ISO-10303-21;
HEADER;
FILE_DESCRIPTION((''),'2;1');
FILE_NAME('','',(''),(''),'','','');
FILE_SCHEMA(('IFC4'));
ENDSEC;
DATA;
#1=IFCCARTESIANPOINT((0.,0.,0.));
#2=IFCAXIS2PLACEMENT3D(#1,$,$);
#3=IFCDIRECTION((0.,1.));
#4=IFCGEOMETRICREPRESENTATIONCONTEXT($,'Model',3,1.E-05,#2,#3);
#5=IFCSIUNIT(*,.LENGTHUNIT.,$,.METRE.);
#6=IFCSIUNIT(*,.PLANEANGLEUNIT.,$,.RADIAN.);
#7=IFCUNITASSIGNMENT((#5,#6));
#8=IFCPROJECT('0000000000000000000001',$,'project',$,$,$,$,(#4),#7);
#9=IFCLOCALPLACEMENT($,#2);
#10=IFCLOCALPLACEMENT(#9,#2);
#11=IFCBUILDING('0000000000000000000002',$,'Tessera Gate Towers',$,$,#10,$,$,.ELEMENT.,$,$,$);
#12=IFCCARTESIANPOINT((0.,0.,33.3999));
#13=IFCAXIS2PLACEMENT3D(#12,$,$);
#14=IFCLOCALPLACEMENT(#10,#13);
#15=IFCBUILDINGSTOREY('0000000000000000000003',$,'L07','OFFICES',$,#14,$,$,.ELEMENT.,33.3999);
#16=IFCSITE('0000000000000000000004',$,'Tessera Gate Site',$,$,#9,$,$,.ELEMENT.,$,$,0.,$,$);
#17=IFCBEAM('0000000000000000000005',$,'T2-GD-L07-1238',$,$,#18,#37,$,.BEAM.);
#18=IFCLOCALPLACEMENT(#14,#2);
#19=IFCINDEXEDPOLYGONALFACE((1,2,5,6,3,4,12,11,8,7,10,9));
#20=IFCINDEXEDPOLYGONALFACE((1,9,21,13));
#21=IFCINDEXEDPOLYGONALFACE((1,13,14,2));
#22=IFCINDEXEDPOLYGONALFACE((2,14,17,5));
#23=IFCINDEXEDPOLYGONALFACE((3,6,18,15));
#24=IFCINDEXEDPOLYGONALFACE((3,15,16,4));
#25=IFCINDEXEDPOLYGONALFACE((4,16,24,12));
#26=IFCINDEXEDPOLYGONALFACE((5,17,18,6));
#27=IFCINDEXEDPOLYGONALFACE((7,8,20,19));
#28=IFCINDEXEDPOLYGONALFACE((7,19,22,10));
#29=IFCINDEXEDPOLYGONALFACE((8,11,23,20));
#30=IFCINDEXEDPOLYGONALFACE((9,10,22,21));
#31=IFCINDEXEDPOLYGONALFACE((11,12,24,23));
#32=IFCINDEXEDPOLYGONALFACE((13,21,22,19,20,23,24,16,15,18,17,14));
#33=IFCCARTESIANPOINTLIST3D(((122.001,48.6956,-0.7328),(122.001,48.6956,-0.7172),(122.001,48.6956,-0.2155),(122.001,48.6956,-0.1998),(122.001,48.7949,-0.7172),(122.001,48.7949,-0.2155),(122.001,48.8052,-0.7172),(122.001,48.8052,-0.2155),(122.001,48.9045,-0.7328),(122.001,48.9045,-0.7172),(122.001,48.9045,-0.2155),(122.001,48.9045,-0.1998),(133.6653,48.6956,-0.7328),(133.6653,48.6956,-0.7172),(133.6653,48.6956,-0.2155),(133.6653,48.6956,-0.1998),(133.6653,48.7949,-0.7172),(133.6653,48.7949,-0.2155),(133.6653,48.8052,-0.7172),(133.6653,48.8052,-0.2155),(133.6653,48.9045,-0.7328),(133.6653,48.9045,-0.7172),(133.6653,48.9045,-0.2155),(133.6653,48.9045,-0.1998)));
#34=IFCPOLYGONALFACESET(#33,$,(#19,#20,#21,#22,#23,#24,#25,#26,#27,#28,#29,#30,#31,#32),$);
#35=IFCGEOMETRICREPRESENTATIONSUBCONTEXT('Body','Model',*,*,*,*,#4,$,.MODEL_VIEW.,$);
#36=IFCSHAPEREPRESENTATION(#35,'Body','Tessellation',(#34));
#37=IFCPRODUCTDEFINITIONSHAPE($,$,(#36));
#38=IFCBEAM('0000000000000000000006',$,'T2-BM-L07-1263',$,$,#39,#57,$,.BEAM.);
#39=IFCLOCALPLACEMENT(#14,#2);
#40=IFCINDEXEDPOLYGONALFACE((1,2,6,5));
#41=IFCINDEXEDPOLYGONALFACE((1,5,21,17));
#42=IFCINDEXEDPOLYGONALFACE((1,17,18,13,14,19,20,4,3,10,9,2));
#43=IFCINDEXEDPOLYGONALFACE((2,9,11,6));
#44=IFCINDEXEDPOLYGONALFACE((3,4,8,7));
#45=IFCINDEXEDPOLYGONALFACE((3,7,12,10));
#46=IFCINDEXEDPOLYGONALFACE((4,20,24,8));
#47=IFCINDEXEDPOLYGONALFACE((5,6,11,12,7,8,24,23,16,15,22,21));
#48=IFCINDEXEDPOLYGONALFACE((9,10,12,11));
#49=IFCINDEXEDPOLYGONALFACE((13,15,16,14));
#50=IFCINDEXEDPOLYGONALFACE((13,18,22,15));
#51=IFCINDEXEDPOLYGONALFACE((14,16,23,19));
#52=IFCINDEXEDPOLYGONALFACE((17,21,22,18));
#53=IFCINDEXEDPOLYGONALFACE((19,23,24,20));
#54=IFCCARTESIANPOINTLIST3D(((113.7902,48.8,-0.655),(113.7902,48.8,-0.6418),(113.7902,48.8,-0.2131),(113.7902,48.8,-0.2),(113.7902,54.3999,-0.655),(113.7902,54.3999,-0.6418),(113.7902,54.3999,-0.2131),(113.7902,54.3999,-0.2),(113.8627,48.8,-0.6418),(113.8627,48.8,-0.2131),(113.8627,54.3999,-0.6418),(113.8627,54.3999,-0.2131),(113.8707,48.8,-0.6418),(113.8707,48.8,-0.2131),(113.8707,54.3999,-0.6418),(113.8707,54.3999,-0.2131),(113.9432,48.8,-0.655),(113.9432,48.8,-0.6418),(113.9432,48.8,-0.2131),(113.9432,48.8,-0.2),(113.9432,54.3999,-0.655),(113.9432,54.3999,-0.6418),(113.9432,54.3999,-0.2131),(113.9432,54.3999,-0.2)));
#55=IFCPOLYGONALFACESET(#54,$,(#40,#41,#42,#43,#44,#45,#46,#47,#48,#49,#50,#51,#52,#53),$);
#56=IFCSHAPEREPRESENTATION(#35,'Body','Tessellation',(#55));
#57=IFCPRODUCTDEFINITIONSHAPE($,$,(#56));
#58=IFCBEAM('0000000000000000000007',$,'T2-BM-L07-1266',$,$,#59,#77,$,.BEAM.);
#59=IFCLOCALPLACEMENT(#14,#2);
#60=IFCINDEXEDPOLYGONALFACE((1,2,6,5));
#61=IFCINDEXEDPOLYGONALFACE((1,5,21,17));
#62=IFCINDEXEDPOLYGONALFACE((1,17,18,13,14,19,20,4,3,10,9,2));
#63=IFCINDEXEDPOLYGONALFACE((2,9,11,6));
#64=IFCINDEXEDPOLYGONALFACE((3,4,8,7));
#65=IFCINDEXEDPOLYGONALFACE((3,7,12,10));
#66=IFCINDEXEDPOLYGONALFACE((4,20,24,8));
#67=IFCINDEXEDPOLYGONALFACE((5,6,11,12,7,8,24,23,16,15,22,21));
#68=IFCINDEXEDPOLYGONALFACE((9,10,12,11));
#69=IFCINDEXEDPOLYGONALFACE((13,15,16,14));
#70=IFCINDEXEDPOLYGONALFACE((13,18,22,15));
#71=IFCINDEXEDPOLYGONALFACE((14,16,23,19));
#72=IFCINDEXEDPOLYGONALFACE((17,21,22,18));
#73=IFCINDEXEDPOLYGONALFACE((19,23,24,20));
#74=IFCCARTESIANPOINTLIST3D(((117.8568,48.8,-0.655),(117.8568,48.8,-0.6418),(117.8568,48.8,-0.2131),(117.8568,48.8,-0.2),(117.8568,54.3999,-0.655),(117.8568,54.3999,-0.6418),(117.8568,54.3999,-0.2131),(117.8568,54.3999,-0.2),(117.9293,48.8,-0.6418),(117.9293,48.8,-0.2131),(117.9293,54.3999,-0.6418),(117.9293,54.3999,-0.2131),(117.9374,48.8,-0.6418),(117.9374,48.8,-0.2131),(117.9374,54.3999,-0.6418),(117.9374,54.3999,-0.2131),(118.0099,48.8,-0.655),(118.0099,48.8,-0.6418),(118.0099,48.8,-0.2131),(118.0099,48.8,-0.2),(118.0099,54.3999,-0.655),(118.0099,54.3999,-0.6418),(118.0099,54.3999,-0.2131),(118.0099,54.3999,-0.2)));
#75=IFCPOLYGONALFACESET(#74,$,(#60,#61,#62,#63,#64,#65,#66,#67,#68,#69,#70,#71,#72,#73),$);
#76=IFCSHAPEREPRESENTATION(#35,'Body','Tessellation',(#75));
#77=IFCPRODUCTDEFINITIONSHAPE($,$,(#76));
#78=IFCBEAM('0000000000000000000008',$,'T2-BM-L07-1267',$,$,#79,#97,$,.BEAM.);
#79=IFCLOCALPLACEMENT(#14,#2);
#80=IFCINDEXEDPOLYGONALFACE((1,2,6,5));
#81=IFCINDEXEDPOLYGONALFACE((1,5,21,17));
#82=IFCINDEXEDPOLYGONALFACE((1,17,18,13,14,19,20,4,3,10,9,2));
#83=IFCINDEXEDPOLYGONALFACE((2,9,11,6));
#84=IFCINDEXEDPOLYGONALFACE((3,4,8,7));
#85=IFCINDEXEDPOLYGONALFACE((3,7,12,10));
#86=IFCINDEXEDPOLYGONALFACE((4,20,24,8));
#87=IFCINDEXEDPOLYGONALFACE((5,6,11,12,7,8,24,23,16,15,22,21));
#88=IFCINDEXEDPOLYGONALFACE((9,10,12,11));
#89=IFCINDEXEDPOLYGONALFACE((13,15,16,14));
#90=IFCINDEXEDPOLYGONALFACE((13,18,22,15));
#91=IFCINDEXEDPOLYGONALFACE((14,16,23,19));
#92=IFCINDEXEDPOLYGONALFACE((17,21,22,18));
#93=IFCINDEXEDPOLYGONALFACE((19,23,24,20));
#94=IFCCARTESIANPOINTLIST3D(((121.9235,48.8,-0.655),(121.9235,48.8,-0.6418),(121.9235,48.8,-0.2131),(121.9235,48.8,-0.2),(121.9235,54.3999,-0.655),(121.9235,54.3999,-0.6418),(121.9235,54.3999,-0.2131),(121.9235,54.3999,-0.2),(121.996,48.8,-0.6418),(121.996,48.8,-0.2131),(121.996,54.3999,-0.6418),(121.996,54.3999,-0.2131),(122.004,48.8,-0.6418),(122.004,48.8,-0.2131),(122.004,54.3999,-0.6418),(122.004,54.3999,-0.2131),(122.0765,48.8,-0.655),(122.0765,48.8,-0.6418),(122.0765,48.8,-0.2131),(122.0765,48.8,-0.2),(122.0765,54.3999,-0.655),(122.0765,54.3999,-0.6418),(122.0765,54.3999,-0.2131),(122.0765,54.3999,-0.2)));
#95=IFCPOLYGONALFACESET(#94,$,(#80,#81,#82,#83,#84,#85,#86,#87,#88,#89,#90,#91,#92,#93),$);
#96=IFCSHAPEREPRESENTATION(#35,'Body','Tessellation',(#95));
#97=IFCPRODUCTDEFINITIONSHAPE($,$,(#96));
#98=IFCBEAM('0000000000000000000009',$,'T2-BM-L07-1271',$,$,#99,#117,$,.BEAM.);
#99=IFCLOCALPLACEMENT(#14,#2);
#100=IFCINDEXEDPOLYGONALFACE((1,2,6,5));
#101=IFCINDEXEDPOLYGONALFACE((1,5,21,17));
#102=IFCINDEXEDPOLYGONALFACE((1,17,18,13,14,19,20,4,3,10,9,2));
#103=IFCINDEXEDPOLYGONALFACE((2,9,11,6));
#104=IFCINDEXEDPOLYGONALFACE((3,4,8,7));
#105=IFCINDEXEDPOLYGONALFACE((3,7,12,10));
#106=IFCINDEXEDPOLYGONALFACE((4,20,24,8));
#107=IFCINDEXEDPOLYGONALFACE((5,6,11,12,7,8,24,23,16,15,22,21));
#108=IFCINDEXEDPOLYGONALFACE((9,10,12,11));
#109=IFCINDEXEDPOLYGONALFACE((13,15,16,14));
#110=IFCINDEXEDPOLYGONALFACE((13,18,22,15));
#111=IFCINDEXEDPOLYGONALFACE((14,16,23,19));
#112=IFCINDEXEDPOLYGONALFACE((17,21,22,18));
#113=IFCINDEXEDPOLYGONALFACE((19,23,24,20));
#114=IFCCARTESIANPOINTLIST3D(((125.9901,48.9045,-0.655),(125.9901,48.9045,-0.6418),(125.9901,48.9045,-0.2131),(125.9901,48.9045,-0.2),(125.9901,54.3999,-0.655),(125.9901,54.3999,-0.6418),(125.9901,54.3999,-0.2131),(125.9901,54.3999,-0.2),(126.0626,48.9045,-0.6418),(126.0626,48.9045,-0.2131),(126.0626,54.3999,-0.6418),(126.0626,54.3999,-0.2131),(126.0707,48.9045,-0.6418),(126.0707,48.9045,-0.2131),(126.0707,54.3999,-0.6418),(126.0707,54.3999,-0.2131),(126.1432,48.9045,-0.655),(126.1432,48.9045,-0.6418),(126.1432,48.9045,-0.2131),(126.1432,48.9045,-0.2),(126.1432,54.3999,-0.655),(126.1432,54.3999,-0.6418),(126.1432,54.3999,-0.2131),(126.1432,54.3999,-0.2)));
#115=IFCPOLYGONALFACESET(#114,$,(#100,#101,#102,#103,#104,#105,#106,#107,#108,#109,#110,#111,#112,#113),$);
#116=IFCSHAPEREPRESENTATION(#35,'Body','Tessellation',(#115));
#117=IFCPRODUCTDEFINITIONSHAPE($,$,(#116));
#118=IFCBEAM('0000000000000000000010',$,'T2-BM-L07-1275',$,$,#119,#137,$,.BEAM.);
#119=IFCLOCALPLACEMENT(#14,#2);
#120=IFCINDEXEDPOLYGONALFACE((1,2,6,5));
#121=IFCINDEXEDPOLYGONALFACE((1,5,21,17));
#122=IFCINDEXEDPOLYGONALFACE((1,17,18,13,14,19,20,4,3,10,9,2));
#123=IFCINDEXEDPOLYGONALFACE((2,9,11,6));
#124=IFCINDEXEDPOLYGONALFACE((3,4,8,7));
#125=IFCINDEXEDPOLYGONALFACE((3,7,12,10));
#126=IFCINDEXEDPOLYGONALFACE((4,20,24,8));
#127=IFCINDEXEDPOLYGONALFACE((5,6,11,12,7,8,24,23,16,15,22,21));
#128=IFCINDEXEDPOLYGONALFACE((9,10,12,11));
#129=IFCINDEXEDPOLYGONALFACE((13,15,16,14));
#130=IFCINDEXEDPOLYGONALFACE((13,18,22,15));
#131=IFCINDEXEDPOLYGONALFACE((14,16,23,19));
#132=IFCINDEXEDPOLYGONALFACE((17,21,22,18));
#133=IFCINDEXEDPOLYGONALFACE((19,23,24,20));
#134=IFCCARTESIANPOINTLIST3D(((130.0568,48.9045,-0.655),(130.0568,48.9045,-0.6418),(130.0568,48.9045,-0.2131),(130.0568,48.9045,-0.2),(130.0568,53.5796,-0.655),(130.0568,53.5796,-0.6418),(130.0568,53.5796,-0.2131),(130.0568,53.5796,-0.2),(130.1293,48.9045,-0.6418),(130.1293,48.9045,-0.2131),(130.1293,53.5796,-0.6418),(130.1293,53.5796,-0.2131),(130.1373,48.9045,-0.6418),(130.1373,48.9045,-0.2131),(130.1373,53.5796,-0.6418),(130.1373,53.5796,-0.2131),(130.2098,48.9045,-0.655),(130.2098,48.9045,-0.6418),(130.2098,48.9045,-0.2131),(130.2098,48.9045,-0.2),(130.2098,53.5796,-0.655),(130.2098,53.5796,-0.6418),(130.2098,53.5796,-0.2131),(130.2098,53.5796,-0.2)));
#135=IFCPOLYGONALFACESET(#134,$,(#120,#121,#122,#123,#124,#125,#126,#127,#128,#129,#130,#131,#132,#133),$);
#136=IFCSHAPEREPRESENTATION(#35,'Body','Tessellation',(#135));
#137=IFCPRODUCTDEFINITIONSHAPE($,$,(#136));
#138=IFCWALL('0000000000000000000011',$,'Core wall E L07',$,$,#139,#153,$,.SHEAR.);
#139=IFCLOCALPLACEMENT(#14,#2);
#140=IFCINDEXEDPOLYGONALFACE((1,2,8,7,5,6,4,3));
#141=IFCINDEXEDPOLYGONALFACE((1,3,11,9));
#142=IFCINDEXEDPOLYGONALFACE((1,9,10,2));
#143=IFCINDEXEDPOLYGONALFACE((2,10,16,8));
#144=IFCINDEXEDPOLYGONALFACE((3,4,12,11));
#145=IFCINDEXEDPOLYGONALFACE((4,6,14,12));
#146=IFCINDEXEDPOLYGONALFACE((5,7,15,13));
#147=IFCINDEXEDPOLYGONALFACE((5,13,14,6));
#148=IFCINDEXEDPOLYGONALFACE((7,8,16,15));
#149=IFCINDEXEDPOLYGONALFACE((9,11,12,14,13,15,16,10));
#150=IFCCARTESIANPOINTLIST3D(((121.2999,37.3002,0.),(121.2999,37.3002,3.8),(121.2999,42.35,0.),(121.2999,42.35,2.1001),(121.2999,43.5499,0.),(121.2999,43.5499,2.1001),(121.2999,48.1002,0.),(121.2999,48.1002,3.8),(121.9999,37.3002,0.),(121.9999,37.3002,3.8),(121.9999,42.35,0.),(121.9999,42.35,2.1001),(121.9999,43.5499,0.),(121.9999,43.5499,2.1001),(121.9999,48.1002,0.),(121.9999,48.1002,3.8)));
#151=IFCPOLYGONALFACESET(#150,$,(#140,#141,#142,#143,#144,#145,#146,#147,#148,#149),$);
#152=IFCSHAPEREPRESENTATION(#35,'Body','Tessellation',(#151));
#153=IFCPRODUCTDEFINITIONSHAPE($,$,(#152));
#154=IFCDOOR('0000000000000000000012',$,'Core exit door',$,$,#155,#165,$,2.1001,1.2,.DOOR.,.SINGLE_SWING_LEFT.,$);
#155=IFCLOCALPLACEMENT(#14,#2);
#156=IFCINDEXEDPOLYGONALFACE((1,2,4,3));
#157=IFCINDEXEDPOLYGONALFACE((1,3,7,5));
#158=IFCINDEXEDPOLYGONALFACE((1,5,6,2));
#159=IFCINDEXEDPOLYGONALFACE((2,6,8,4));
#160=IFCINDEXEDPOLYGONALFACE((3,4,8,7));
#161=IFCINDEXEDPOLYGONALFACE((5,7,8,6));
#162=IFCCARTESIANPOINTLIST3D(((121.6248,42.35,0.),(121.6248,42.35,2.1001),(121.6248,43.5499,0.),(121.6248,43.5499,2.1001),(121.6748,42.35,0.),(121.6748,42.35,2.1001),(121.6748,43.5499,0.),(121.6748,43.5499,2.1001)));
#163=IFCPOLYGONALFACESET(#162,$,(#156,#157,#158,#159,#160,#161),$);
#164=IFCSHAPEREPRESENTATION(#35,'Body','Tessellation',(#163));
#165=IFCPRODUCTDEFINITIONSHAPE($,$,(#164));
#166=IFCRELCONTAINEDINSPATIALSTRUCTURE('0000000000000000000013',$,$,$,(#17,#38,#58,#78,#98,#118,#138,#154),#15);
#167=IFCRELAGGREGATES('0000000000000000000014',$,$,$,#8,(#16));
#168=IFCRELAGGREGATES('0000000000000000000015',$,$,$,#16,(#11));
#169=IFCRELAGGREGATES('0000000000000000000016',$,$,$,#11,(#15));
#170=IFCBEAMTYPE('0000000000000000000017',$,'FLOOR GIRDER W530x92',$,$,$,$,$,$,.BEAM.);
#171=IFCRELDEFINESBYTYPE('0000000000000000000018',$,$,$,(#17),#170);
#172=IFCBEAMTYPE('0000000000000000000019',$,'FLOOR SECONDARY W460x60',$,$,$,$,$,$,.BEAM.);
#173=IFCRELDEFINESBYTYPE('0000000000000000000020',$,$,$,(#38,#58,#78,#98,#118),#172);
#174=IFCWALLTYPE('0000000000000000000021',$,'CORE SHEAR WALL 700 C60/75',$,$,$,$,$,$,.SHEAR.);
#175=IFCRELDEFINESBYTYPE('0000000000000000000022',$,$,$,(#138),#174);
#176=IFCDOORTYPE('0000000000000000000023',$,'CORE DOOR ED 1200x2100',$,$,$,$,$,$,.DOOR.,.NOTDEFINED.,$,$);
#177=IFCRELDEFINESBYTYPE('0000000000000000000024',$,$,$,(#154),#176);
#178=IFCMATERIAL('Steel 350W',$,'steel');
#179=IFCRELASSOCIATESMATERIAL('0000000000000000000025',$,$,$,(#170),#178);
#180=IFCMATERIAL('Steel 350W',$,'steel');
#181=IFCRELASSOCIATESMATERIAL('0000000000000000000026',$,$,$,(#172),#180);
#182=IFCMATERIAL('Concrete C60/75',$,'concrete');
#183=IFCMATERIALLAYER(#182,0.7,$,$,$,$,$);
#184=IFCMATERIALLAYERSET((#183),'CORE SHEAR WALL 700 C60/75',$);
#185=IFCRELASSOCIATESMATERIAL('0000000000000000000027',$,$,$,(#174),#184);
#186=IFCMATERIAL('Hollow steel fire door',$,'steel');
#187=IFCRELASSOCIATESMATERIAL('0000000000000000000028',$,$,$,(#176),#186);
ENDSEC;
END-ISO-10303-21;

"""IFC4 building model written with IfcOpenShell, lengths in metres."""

from ifc_helpers import new_model, si_unit, direction, frame, frame_2d, origin, origin_2d, place, context, subcontext, project, spatial, rectangle, i_section, extrude, source, transform, mapped, material, layer, layer_set, material_profile, profile_set, type_object, element, fill, save


model = new_model("IFC4")

# Units and contexts
model_context = context("Model", 3, precision=1e-05, world=origin(), true_north=direction((0.0, 1.0)))
body_context = subcontext(model_context, "Body", "Model", "MODEL_VIEW")
ifc_project = project(units=[si_unit("LENGTHUNIT", "METRE"), si_unit("PLANEANGLEUNIT", "RADIAN")], contexts=[model_context])

# Site, building, storey
site_placement = place(None, origin())
site = spatial("IfcSite", under=ifc_project, at=site_placement, Name="Tessera Gate Site", CompositionType="ELEMENT", RefElevation=0.0)
building_placement = place(site_placement, origin())
building = spatial("IfcBuilding", under=site, at=building_placement, Name="Tessera Gate Towers", CompositionType="ELEMENT")
storey_placement = place(building_placement, frame((0.0, 0.0, 33.3999)))
storey = spatial("IfcBuildingStorey", under=building, at=storey_placement, Name="L07", Description="OFFICES", CompositionType="ELEMENT", Elevation=33.3999)

# Beams
ifc_material_1 = material(Name="Steel 350W", Category="steel")
ifc_material_profile_1 = material_profile(ifc_material_1, i_section(OverallWidth=0.209, OverallDepth=0.533, WebThickness=0.0103, FlangeThickness=0.0156, at=origin_2d()), Name="W530x92")
ifc_profile_set_1 = profile_set([ifc_material_profile_1], Name="Steel 350W")
beam_type_1 = type_object("IfcBeamType", Name="FLOOR GIRDER W530x92", PredefinedType="BEAM", material=ifc_profile_set_1)
beam_1_placement = place(storey_placement, frame((122.001, 48.8, -0.4663), z_axis=(1.0, 0.0, 0.0), x_axis=(0.0, 1.0, 0.0)))
element("IfcBeam", 1, at=beam_1_placement, inside=storey, type_object=beam_type_1, Name="T2-GD-L07-1238", PredefinedType="BEAM", context=body_context, shape_type="SweptSolid", body=[
    extrude(i_section(OverallWidth=0.209, OverallDepth=0.533, WebThickness=0.0103, FlangeThickness=0.0156, at=origin_2d()), origin(), (0.0, 0.0, 1.0), 11.6643),
])
ifc_material_2 = material(Name="Steel 350W", Category="steel")
ifc_material_profile_2 = material_profile(ifc_material_2, i_section(OverallWidth=0.1531, OverallDepth=0.4551, WebThickness=0.0081, FlangeThickness=0.0132, at=origin_2d()), Name="W460x60")
ifc_profile_set_2 = profile_set([ifc_material_profile_2], Name="Steel 350W")
beam_type_2 = type_object("IfcBeamType", Name="FLOOR SECONDARY W460x60", PredefinedType="BEAM", material=ifc_profile_set_2)
for number, where, z_axis, x_axis, name in (
    (2, (113.8667, 48.8, -0.4275), (0.0, 1.0, 0.0), (-1.0, 0.0, 0.0), "T2-BM-L07-1263"),
    (3, (117.9333, 48.8, -0.4275), (0.0, 1.0, 0.0), (-1.0, 0.0, 0.0), "T2-BM-L07-1266"),
    (4, (122.0, 48.8, -0.4275), (0.0, 1.0, 0.0), (-1.0, 0.0, 0.0), "T2-BM-L07-1267"),
):
    element("IfcBeam", number, at=place(storey_placement, frame(where, z_axis=z_axis, x_axis=x_axis)), inside=storey, type_object=beam_type_2, Name=name, PredefinedType="BEAM", context=body_context, shape_type="SweptSolid", body=[
        extrude(i_section(OverallWidth=0.1531, OverallDepth=0.4551, WebThickness=0.0081, FlangeThickness=0.0132, at=origin_2d()), origin(), (0.0, 0.0, 1.0), 5.5999),
    ])
beam_2_placement = place(storey_placement, frame((126.0667, 48.9045, -0.4275), z_axis=(0.0, 1.0, 0.0), x_axis=(-1.0, 0.0, 0.0)))
element("IfcBeam", 5, at=beam_2_placement, inside=storey, type_object=beam_type_2, Name="T2-BM-L07-1271", PredefinedType="BEAM", context=body_context, shape_type="SweptSolid", body=[
    extrude(i_section(OverallWidth=0.1531, OverallDepth=0.4551, WebThickness=0.0081, FlangeThickness=0.0132, at=origin_2d()), origin(), (0.0, 0.0, 1.0), 5.4954),
])
beam_3_placement = place(storey_placement, frame((130.1333, 48.9045, -0.4275), z_axis=(0.0, 1.0, 0.0), x_axis=(-1.0, 0.0, 0.0)))
element("IfcBeam", 6, at=beam_3_placement, inside=storey, type_object=beam_type_2, Name="T2-BM-L07-1275", PredefinedType="BEAM", context=body_context, shape_type="SweptSolid", body=[
    extrude(i_section(OverallWidth=0.1531, OverallDepth=0.4551, WebThickness=0.0081, FlangeThickness=0.0132, at=origin_2d()), origin(), (0.0, 0.0, 1.0), 4.675),
])

# Wall, opening, door
ifc_material_3 = material(Name="Concrete C60/75", Category="concrete")
ifc_layer_1 = layer(ifc_material_3, 0.7)
ifc_layer_set_1 = layer_set([ifc_layer_1], Name="CORE SHEAR WALL 700 C60/75")
wall_type_1 = type_object("IfcWallType", Name="CORE SHEAR WALL 700 C60/75", PredefinedType="SHEAR", material=ifc_layer_set_1)
wall_1_placement = place(storey_placement, frame((121.6499, 48.1001, 0.0), z_axis=(0.0, 0.0, 1.0), x_axis=(0.0, -1.0, 0.0)))
wall_1 = element("IfcWall", 7, at=wall_1_placement, inside=storey, type_object=wall_type_1, Name="Core wall E L07", PredefinedType="SHEAR", context=body_context, shape_type="SweptSolid", body=[
    extrude(rectangle(XDim=10.8, YDim=0.7, at=frame_2d((5.3999, 0.0))), origin(), (0.0, 0.0, 1.0), 3.8),
])
shared_shape_1 = source(origin(), body_context, "Body", "SweptSolid", [
    extrude(rectangle(XDim=1.2, YDim=2.1001, at=frame_2d((0.6001, 1.05))), frame((0.0, 0.3599, 0.0), z_axis=(0.0, -1.0, 0.0), x_axis=(1.0, 0.0, 0.0)), (0.0, 0.0, 1.0), 0.72),
])
opening_1_placement = place(wall_1_placement, frame((4.55, 0.0, 0.0)))
opening_1 = element("IfcOpeningElement", 8, at=opening_1_placement, cuts=wall_1, PredefinedType="OPENING", context=body_context, shape_type="MappedRepresentation", body=[
    mapped(shared_shape_1, transform((0.0, 0.0, 0.0), scale=1.0)),
])
ifc_material_4 = material(Name="Hollow steel fire door", Category="steel")
door_type_1 = type_object("IfcDoorType", Name="CORE DOOR ED 1200x2100", OperationType="NOTDEFINED", PredefinedType="DOOR", material=ifc_material_4)
shared_shape_2 = source(origin(), body_context, "Body", "SweptSolid", [
    extrude(rectangle(XDim=1.2, YDim=2.1001, at=frame_2d((0.6001, 1.05))), frame((0.0, 0.0249, 0.0), z_axis=(0.0, -1.0, 0.0), x_axis=(1.0, 0.0, 0.0)), (0.0, 0.0, 1.0), 0.05),
])
door_1_placement = place(opening_1_placement, origin())
door_1 = element("IfcDoor", 9, at=door_1_placement, inside=storey, type_object=door_type_1, Name="Core exit door", OperationType="SINGLE_SWING_LEFT", OverallHeight=2.1001, OverallWidth=1.2, PredefinedType="DOOR", context=body_context, shape_type="MappedRepresentation", body=[
    mapped(shared_shape_2, transform((0.0, 0.0, 0.0), scale=1.0)),
])
fill(opening_1, door_1)

save(model, "model.ifc")
